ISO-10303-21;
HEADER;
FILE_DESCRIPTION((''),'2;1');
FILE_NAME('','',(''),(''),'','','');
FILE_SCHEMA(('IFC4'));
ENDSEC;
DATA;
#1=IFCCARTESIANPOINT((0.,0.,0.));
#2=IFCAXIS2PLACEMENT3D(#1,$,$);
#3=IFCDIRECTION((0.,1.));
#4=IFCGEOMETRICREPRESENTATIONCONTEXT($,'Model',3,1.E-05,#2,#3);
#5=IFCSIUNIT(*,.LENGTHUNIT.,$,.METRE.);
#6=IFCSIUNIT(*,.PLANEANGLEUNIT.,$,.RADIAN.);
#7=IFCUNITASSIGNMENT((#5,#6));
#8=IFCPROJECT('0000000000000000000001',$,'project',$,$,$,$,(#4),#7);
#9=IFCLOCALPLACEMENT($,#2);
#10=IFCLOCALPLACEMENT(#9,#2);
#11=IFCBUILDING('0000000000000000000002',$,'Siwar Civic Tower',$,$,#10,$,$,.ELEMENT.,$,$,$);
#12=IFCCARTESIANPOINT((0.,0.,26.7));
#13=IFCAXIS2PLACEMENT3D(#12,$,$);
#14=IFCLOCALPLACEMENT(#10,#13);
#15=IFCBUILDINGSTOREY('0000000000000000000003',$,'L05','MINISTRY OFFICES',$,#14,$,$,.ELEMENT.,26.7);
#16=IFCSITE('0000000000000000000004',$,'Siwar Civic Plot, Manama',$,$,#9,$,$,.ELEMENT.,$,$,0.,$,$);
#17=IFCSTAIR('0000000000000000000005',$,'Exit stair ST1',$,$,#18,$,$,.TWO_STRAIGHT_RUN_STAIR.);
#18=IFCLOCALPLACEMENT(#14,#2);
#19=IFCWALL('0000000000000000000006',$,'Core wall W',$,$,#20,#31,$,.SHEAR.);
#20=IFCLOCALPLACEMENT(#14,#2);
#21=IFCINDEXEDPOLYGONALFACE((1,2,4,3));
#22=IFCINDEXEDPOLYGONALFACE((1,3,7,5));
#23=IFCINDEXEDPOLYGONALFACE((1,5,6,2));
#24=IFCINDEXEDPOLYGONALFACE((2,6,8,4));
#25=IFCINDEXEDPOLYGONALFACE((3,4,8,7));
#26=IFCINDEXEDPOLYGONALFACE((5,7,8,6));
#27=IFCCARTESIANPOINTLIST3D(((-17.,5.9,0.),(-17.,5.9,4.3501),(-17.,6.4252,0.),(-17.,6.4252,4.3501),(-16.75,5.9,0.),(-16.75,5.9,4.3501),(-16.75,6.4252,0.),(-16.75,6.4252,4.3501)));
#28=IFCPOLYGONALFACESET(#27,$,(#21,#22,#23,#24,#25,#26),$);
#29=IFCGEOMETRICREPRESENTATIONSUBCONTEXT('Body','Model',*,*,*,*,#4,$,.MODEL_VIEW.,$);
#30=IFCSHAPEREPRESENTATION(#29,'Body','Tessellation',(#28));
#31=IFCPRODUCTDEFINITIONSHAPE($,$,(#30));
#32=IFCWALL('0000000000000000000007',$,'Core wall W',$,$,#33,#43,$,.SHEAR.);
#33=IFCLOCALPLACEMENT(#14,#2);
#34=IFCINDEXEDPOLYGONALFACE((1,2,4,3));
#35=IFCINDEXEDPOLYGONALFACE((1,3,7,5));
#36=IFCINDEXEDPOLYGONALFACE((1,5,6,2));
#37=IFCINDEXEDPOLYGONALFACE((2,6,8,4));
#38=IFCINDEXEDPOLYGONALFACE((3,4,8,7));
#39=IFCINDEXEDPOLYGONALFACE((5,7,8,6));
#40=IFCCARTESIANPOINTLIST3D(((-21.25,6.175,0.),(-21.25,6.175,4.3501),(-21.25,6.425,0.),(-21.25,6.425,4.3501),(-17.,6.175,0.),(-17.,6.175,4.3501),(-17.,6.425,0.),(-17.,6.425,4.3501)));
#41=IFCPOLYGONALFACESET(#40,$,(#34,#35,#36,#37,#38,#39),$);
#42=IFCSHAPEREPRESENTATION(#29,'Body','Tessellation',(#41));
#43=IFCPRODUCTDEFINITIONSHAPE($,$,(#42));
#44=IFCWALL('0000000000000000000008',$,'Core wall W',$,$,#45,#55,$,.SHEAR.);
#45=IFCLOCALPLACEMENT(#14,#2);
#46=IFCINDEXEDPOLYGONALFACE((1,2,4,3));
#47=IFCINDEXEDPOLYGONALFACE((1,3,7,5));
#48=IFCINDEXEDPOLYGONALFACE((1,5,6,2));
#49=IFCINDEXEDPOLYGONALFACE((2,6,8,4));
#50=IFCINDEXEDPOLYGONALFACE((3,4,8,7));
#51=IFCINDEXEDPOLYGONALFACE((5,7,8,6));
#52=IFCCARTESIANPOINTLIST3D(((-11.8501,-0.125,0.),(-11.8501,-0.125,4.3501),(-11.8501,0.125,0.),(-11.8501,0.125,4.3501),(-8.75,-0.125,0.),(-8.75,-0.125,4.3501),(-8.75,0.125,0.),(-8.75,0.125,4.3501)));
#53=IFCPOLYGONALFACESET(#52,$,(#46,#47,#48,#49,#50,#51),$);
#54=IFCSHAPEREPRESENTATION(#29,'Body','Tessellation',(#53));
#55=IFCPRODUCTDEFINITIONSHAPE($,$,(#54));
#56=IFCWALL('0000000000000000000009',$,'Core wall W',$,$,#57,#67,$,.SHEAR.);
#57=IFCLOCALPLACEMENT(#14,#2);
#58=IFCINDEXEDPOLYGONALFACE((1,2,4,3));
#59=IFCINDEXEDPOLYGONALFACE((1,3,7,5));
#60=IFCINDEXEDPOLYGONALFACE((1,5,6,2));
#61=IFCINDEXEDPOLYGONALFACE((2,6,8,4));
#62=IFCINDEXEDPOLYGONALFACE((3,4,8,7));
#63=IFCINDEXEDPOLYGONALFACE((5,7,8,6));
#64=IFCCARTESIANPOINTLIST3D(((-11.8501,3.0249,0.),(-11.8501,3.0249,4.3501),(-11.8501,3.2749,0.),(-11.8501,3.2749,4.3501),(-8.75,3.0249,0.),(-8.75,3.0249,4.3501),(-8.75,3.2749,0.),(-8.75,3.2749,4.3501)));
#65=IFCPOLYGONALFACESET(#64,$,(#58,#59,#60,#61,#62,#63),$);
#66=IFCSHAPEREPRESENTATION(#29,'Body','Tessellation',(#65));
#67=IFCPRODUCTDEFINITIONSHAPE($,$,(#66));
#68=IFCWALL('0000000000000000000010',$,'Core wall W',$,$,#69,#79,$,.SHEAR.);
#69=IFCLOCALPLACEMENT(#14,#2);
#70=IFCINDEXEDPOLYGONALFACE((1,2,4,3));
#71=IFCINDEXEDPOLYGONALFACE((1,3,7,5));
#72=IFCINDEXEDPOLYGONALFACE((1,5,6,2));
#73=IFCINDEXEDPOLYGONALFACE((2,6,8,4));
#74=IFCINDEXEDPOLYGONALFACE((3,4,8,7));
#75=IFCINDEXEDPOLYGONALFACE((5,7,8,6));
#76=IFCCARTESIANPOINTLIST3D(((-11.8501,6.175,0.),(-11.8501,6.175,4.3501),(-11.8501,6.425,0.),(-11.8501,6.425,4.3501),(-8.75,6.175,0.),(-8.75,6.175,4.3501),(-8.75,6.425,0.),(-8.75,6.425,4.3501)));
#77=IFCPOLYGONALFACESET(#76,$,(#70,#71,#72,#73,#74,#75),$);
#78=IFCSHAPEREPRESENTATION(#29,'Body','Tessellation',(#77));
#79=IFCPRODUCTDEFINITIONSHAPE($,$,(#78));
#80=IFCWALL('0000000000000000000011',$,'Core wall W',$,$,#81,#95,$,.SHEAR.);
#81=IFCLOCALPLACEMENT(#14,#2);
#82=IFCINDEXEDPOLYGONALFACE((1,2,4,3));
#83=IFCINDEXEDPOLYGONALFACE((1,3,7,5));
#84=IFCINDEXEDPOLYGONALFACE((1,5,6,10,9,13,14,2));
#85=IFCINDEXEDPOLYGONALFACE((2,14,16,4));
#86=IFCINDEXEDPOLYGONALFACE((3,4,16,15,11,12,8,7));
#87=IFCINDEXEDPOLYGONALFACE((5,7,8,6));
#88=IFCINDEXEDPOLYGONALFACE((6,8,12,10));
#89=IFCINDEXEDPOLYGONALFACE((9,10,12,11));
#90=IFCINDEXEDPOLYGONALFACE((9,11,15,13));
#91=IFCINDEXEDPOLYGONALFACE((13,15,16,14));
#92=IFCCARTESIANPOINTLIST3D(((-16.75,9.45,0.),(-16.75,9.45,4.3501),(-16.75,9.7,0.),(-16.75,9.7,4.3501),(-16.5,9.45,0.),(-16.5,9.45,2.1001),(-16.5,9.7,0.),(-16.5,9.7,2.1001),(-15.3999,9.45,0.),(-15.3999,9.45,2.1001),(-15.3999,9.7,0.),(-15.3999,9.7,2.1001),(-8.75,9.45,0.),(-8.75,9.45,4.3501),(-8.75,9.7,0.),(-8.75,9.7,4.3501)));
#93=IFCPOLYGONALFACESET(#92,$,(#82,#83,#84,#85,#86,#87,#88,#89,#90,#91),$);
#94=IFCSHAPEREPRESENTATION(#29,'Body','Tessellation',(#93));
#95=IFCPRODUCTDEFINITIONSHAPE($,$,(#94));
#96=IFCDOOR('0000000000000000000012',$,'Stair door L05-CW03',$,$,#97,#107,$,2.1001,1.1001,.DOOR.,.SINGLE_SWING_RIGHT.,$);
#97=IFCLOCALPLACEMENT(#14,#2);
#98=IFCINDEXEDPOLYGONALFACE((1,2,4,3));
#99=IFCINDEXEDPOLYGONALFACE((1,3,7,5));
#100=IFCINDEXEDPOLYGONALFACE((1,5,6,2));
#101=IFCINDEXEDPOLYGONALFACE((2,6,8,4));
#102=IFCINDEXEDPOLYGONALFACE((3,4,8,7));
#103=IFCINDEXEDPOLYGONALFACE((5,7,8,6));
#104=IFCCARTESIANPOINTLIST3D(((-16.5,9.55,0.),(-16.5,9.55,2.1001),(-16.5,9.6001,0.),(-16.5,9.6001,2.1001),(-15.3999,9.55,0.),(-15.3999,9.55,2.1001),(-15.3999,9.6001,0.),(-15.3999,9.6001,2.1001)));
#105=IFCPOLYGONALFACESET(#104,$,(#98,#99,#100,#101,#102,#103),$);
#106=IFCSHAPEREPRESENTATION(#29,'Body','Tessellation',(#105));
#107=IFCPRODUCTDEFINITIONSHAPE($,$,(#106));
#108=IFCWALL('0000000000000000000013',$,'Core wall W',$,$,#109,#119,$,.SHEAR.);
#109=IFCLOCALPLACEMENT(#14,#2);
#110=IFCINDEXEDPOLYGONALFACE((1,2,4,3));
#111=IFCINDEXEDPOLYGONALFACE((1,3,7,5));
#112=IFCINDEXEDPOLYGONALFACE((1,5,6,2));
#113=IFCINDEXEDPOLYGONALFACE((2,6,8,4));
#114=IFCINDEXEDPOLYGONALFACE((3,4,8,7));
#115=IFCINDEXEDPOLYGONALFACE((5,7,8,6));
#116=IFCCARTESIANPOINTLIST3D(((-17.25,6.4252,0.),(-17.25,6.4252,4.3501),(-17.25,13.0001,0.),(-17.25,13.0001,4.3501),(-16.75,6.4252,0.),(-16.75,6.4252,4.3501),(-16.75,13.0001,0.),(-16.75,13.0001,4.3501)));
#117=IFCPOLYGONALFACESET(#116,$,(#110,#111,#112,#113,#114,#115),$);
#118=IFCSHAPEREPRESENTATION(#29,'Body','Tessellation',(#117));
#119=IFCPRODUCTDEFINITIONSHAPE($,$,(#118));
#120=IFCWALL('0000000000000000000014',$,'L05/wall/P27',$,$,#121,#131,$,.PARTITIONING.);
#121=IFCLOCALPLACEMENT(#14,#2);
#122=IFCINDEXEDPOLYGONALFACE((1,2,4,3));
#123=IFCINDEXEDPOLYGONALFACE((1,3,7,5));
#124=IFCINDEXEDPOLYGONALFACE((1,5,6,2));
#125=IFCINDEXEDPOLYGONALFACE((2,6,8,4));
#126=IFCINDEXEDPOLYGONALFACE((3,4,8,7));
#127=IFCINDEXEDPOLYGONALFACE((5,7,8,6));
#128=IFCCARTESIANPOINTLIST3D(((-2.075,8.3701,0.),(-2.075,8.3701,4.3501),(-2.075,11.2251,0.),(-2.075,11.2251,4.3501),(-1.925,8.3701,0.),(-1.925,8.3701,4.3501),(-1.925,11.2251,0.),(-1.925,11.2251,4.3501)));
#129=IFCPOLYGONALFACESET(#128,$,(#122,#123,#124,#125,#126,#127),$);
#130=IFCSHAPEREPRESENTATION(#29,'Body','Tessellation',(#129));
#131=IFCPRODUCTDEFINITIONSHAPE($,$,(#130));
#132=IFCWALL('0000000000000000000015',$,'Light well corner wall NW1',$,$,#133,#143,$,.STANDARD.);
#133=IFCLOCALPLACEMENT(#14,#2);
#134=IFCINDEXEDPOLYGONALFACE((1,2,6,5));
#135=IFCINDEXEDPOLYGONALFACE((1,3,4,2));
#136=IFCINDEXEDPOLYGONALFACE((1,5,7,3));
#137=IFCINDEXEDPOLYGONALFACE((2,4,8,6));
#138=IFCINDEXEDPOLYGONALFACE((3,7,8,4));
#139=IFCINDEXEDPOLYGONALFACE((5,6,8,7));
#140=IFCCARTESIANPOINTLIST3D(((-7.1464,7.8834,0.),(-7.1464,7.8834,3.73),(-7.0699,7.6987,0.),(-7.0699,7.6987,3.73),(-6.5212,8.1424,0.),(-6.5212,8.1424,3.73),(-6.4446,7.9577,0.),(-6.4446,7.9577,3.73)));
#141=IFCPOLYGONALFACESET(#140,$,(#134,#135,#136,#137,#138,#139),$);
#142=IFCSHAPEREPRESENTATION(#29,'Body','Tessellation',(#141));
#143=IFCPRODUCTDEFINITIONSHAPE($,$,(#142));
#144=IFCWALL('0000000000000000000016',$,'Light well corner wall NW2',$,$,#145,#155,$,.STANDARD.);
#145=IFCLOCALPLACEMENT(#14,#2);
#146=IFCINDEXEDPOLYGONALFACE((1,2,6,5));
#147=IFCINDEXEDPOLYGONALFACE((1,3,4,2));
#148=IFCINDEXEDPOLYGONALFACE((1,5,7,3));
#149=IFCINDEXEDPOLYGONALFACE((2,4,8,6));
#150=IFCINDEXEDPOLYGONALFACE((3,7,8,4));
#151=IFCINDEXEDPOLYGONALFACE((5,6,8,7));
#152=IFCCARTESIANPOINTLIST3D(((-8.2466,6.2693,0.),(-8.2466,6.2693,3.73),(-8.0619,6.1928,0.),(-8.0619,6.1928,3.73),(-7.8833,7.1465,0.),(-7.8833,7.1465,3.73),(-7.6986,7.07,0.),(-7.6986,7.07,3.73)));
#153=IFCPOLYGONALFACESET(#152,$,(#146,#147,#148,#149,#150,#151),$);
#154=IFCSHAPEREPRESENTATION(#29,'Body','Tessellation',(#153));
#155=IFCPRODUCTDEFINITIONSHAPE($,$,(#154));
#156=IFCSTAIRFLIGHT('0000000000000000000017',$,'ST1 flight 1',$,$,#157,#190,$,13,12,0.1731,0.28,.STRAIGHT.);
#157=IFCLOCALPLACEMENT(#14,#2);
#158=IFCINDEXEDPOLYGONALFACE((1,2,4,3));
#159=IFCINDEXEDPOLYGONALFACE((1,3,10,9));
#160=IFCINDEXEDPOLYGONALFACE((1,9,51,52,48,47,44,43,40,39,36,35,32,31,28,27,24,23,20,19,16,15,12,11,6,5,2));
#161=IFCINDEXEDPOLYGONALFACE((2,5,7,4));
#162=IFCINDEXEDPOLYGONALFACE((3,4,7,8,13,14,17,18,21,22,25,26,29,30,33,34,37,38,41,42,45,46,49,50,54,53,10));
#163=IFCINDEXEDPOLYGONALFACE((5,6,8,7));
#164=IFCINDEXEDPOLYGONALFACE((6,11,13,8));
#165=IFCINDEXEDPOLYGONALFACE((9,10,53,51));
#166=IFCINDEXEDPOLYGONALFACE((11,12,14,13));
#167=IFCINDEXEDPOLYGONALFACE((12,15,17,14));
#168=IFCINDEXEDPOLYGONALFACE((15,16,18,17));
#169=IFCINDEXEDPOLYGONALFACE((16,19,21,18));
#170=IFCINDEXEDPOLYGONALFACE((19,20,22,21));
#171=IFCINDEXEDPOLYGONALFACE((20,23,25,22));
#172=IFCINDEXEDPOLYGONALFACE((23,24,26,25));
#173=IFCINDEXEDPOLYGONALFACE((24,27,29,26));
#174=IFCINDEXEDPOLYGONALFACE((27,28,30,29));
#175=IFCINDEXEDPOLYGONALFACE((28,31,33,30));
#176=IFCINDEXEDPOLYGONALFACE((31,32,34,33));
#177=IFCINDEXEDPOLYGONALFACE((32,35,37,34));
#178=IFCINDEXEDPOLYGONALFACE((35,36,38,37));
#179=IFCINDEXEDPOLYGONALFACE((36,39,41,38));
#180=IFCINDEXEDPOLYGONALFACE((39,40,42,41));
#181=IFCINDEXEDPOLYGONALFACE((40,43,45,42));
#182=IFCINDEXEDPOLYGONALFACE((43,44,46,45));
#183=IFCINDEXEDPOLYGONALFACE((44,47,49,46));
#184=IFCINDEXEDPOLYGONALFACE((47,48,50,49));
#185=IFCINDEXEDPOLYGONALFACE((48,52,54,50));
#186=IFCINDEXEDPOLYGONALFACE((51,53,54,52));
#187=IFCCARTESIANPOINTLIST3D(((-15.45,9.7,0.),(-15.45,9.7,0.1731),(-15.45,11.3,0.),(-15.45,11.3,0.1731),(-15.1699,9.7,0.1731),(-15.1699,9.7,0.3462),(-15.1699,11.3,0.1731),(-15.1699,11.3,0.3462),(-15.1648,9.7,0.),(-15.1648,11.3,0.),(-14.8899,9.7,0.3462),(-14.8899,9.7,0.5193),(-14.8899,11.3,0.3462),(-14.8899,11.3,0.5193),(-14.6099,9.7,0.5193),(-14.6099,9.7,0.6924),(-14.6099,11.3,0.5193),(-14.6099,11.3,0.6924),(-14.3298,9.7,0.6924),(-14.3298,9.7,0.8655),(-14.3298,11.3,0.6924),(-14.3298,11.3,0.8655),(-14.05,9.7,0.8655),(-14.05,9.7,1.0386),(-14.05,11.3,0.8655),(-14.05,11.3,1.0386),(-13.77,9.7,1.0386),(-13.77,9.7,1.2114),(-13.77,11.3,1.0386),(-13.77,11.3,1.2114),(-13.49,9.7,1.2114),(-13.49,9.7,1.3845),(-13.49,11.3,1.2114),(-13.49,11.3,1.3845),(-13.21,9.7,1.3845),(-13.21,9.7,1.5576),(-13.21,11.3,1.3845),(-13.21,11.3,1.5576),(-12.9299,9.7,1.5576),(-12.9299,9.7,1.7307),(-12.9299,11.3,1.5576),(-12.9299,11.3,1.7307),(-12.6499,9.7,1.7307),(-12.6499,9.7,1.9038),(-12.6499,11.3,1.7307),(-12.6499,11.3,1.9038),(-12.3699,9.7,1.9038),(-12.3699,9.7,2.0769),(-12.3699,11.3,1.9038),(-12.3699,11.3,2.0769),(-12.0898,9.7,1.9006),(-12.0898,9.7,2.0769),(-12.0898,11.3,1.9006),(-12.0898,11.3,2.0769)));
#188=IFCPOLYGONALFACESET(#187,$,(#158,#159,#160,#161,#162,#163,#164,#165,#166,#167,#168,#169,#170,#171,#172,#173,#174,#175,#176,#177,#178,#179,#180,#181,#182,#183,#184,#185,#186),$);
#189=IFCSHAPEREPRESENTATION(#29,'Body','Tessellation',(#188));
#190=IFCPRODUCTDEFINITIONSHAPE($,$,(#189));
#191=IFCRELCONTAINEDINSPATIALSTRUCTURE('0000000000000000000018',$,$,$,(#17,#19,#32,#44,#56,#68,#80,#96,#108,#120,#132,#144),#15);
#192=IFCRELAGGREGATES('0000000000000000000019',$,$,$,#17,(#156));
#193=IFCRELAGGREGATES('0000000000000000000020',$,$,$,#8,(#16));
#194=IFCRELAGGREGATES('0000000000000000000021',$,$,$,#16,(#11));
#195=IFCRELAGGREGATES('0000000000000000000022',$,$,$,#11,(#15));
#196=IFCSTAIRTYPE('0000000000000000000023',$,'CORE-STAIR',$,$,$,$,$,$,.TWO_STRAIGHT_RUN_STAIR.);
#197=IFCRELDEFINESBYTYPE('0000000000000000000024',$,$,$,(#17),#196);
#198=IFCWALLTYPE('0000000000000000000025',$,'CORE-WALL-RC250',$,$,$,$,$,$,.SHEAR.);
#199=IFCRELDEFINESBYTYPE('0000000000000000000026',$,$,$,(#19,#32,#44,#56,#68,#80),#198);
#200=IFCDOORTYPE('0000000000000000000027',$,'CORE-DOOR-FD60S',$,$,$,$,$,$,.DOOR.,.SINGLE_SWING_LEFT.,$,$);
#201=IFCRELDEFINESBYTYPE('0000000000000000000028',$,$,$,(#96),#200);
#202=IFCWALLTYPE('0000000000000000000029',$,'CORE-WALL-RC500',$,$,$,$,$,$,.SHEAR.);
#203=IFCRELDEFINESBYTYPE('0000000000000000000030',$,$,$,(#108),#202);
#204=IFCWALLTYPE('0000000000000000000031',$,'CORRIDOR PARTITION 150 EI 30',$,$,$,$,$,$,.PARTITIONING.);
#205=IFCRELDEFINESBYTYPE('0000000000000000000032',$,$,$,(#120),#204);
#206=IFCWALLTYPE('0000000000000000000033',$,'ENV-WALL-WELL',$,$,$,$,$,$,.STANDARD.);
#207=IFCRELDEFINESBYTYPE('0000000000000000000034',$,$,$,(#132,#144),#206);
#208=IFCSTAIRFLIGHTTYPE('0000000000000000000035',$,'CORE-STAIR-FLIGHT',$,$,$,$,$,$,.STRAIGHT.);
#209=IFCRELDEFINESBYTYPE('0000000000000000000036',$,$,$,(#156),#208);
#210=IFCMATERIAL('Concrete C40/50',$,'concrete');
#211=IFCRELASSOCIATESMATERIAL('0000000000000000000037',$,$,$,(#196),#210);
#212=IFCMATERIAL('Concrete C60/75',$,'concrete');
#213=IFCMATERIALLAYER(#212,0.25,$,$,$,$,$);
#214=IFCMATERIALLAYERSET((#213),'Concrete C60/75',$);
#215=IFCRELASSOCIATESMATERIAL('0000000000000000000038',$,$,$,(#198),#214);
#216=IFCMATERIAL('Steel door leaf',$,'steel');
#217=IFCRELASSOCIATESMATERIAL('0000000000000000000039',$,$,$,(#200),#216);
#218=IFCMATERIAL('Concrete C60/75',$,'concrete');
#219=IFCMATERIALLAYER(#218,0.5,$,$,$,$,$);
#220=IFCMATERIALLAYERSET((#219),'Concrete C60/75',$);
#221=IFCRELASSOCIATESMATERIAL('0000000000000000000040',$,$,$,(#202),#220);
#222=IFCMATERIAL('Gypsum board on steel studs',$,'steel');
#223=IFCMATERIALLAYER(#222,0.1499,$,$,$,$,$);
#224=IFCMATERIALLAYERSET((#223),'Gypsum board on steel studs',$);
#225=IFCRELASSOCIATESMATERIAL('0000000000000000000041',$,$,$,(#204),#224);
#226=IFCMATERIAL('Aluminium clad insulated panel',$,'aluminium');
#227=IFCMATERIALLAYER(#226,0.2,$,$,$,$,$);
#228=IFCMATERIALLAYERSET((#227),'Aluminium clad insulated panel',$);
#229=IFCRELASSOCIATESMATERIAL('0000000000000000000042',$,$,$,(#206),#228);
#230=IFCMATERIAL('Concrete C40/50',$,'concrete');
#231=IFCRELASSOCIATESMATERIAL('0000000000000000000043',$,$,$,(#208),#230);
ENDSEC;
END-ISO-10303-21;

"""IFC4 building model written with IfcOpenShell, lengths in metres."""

from ifc_helpers import new_model, si_unit, direction, frame, frame_2d, origin, place, context, subcontext, project, spatial, polyline, rectangle, outline, extrude, material, layer, layer_set, type_object, element, fill, aggregate, save


model = new_model("IFC4")

# Units and contexts
model_context = context("Model", 3, precision=1e-05, world=origin(), true_north=direction((0.0, 1.0)))
body_context = subcontext(model_context, "Body", "Model", "MODEL_VIEW")
ifc_project = project(units=[si_unit("LENGTHUNIT", "METRE"), si_unit("PLANEANGLEUNIT", "RADIAN")], contexts=[model_context])

# Site, building, storey
site_placement = place(None, origin())
site = spatial("IfcSite", under=ifc_project, at=site_placement, Name="Siwar Civic Plot, Manama", CompositionType="ELEMENT", RefElevation=0.0)
building_placement = place(site_placement, origin())
building = spatial("IfcBuilding", under=site, at=building_placement, Name="Siwar Civic Tower", CompositionType="ELEMENT")
storey_placement = place(building_placement, frame((0.0, 0.0, 26.7)))
storey = spatial("IfcBuildingStorey", under=building, at=storey_placement, Name="L05", Description="MINISTRY OFFICES", CompositionType="ELEMENT", Elevation=26.7)

# Stair
ifc_material_1 = material(Name="Concrete C40/50", Category="concrete")
stair_type = type_object("IfcStairType", Name="CORE-STAIR", PredefinedType="TWO_STRAIGHT_RUN_STAIR", material=ifc_material_1)
stair_1_placement = place(storey_placement, origin())
stair_1 = element("IfcStair", 1, at=stair_1_placement, inside=storey, type_object=stair_type, Name="Exit stair ST1", PredefinedType="TWO_STRAIGHT_RUN_STAIR")

# Shared definitions
ifc_material_2 = material(Name="Concrete C60/75", Category="concrete")
ifc_layer_1 = layer(ifc_material_2, 0.25)
ifc_layer_set_1 = layer_set([ifc_layer_1], Name="Concrete C60/75")
wall_type_1 = type_object("IfcWallType", Name="CORE-WALL-RC250", PredefinedType="SHEAR", material=ifc_layer_set_1)

# Walls
wall_1_placement = place(storey_placement, frame((-16.875, 5.8999, 0.0), z_axis=(0.0, 0.0, 1.0), x_axis=(0.0, 1.0, 0.0)))
element("IfcWall", 2, at=wall_1_placement, inside=storey, type_object=wall_type_1, Name="Core wall W", PredefinedType="SHEAR", context=body_context, shape_type="SweptSolid", body=[
    extrude(rectangle(XDim=0.5251, YDim=0.25, at=frame_2d((0.2627, 0.0))), origin(), (0.0, 0.0, 1.0), 4.3501),
])
wall_2_placement = place(storey_placement, frame((-17.0, 6.3, 0.0), z_axis=(0.0, 0.0, 1.0), x_axis=(-1.0, 0.0, 0.0)))
element("IfcWall", 3, at=wall_2_placement, inside=storey, type_object=wall_type_1, Name="Core wall W", PredefinedType="SHEAR", context=body_context, shape_type="SweptSolid", body=[
    extrude(rectangle(XDim=4.25, YDim=0.25, at=frame_2d((2.125, 0.0))), origin(), (0.0, 0.0, 1.0), 4.3501),
])
for number, where, z_axis, x_axis, name in (
    (4, (-8.75, 0.0, 0.0), (0.0, 0.0, 1.0), (-1.0, 0.0, 0.0), "Core wall W"),
    (5, (-8.75, 3.1499, 0.0), (0.0, 0.0, 1.0), (-1.0, 0.0, 0.0), "Core wall W"),
    (6, (-8.75, 6.3, 0.0), (0.0, 0.0, 1.0), (-1.0, 0.0, 0.0), "Core wall W"),
):
    element("IfcWall", number, at=place(storey_placement, frame(where, z_axis=z_axis, x_axis=x_axis)), inside=storey, type_object=wall_type_1, Name=name, PredefinedType="SHEAR", context=body_context, shape_type="SweptSolid", body=[
        extrude(rectangle(XDim=3.1001, YDim=0.25, at=frame_2d((1.55, 0.0))), origin(), (0.0, 0.0, 1.0), 4.3501),
    ])

# Wall, opening, door
wall_3_placement = place(storey_placement, frame((-8.75, 9.575, 0.0), z_axis=(0.0, 0.0, 1.0), x_axis=(-1.0, 0.0, 0.0)))
wall_3 = element("IfcWall", 7, at=wall_3_placement, inside=storey, type_object=wall_type_1, Name="Core wall W", PredefinedType="SHEAR", context=body_context, shape_type="SweptSolid", body=[
    extrude(rectangle(XDim=8.0, YDim=0.25, at=frame_2d((4.0, 0.0))), origin(), (0.0, 0.0, 1.0), 4.3501),
])
opening_1_placement = place(wall_3_placement, frame((6.6499, 0.0, 0.0)))
opening_1 = element("IfcOpeningElement", 8, at=opening_1_placement, cuts=wall_3, PredefinedType="OPENING", context=body_context, shape_type="SweptSolid", body=[
    extrude(rectangle(XDim=1.1001, YDim=2.1001, at=frame_2d((0.55, 1.05))), frame((0.0, 0.135, 0.0), z_axis=(0.0, -1.0, 0.0), x_axis=(1.0, 0.0, 0.0)), (0.0, 0.0, 1.0), 0.27),
])
ifc_material_3 = material(Name="Steel door leaf", Category="steel")
door_type_1 = type_object("IfcDoorType", Name="CORE-DOOR-FD60S", OperationType="SINGLE_SWING_LEFT", PredefinedType="DOOR", material=ifc_material_3)
door_1_placement = place(opening_1_placement, origin())
door_1 = element("IfcDoor", 9, at=door_1_placement, inside=storey, type_object=door_type_1, Name="Stair door L05-CW03", OperationType="SINGLE_SWING_RIGHT", OverallHeight=2.1001, OverallWidth=1.1001, PredefinedType="DOOR", context=body_context, shape_type="SweptSolid", body=[
    extrude(rectangle(XDim=1.1001, YDim=2.1001, at=frame_2d((0.55, 1.05))), frame((0.0, 0.0249, 0.0), z_axis=(0.0, -1.0, 0.0), x_axis=(1.0, 0.0, 0.0)), (0.0, 0.0, 1.0), 0.05),
])
fill(opening_1, door_1)

# Walls
ifc_material_4 = material(Name="Concrete C60/75", Category="concrete")
ifc_layer_2 = layer(ifc_material_4, 0.5)
ifc_layer_set_2 = layer_set([ifc_layer_2], Name="Concrete C60/75")
wall_type_2 = type_object("IfcWallType", Name="CORE-WALL-RC500", PredefinedType="SHEAR", material=ifc_layer_set_2)
wall_4_placement = place(storey_placement, frame((-17.0, 6.425, 0.0), z_axis=(0.0, 0.0, 1.0), x_axis=(0.0, 1.0, 0.0)))
element("IfcWall", 10, at=wall_4_placement, inside=storey, type_object=wall_type_2, Name="Core wall W", PredefinedType="SHEAR", context=body_context, shape_type="SweptSolid", body=[
    extrude(rectangle(XDim=6.575, YDim=0.5, at=frame_2d((3.2876, 0.0))), origin(), (0.0, 0.0, 1.0), 4.3501),
])
ifc_material_5 = material(Name="Gypsum board on steel studs", Category="steel")
ifc_layer_3 = layer(ifc_material_5, 0.1499)
ifc_layer_set_3 = layer_set([ifc_layer_3], Name="Gypsum board on steel studs")
wall_type_3 = type_object("IfcWallType", Name="CORRIDOR PARTITION 150 EI 30", PredefinedType="PARTITIONING", material=ifc_layer_set_3)
wall_5_placement = place(storey_placement, frame((-2.0, 8.3701, 0.0), z_axis=(0.0, 0.0, 1.0), x_axis=(0.0, 1.0, 0.0)))
element("IfcWall", 11, at=wall_5_placement, inside=storey, type_object=wall_type_3, Name="L05/wall/P27", PredefinedType="PARTITIONING", context=body_context, shape_type="SweptSolid", body=[
    extrude(rectangle(XDim=2.855, YDim=0.1499, at=frame_2d((1.4275, 0.0))), origin(), (0.0, 0.0, 1.0), 4.3501),
])
ifc_material_6 = material(Name="Aluminium clad insulated panel", Category="aluminium")
ifc_layer_4 = layer(ifc_material_6, 0.2)
ifc_layer_set_4 = layer_set([ifc_layer_4], Name="Aluminium clad insulated panel")
wall_type_4 = type_object("IfcWallType", Name="ENV-WALL-WELL", PredefinedType="STANDARD", material=ifc_layer_set_4)
wall_6_placement = place(storey_placement, frame((-6.4829, 8.05, 0.0), z_axis=(0.0, 0.0, 1.0), x_axis=(-0.923854, -0.382745, 0.0)))
element("IfcWall", 12, at=wall_6_placement, inside=storey, type_object=wall_type_4, Name="Light well corner wall NW1", PredefinedType="STANDARD", context=body_context, shape_type="SweptSolid", body=[
    extrude(rectangle(XDim=0.6768, YDim=0.2, at=frame_2d((0.3384, 0.0))), origin(), (0.0, 0.0, 1.0), 3.73),
])
wall_7_placement = place(storey_placement, frame((-7.791, 7.1082, 0.0), z_axis=(0.0, 0.0, 1.0), x_axis=(-0.382624, -0.923904, 0.0)))
element("IfcWall", 13, at=wall_7_placement, inside=storey, type_object=wall_type_4, Name="Light well corner wall NW2", PredefinedType="STANDARD", context=body_context, shape_type="SweptSolid", body=[
    extrude(rectangle(XDim=0.9495, YDim=0.2, at=frame_2d((0.4746, 0.0))), origin(), (0.0, 0.0, 1.0), 3.73),
])

# Stair flight
ifc_material_7 = material(Name="Concrete C40/50", Category="concrete")
stair_flight_type = type_object("IfcStairFlightType", Name="CORE-STAIR-FLIGHT", PredefinedType="STRAIGHT", material=ifc_material_7)
stair_flight_placement = place(storey_placement, frame((-15.45, 10.5, 0.0), z_axis=(0.0, 0.0, 1.0), x_axis=(1.0, 0.0, 0.0)))
stair_flight = element("IfcStairFlight", 14, at=stair_flight_placement, type_object=stair_flight_type, Name="ST1 flight 1", NumberOfRisers=13, NumberOfTreads=12, PredefinedType="STRAIGHT", RiserHeight=0.1731, TreadLength=0.28, context=body_context, shape_type="SweptSolid", body=[
    extrude(outline(polyline([(0.0, 0.0), (0.0, 0.1731), (0.28, 0.1731), (0.28, 0.3462), (0.5601, 0.3462), (0.5601, 0.5193), (0.8401, 0.5193), (0.8401, 0.6924), (1.1201, 0.6924), (1.1201, 0.8655), (1.3999, 0.8655), (1.3999, 1.0386), (1.6799, 1.0386), (1.6799, 1.2114), (1.96, 1.2114), (1.96, 1.3845), (2.24, 1.3845), (2.24, 1.5576), (2.52, 1.5576), (2.52, 1.7307), (2.8, 1.7307), (2.8, 1.9038), (3.0801, 1.9038), (3.0801, 2.0769), (3.3601, 2.0769), (3.3601, 2.25), (3.3601, 1.9006), (0.2852, 0.0), (0.0, 0.0)])), frame((0.0, 0.8, 0.0), z_axis=(0.0, -1.0, 0.0), x_axis=(1.0, 0.0, 0.0)), (0.0, 0.0, 1.0), 1.6001),
])
aggregate(stair_1, [stair_flight])

save(model, "model.ifc")
